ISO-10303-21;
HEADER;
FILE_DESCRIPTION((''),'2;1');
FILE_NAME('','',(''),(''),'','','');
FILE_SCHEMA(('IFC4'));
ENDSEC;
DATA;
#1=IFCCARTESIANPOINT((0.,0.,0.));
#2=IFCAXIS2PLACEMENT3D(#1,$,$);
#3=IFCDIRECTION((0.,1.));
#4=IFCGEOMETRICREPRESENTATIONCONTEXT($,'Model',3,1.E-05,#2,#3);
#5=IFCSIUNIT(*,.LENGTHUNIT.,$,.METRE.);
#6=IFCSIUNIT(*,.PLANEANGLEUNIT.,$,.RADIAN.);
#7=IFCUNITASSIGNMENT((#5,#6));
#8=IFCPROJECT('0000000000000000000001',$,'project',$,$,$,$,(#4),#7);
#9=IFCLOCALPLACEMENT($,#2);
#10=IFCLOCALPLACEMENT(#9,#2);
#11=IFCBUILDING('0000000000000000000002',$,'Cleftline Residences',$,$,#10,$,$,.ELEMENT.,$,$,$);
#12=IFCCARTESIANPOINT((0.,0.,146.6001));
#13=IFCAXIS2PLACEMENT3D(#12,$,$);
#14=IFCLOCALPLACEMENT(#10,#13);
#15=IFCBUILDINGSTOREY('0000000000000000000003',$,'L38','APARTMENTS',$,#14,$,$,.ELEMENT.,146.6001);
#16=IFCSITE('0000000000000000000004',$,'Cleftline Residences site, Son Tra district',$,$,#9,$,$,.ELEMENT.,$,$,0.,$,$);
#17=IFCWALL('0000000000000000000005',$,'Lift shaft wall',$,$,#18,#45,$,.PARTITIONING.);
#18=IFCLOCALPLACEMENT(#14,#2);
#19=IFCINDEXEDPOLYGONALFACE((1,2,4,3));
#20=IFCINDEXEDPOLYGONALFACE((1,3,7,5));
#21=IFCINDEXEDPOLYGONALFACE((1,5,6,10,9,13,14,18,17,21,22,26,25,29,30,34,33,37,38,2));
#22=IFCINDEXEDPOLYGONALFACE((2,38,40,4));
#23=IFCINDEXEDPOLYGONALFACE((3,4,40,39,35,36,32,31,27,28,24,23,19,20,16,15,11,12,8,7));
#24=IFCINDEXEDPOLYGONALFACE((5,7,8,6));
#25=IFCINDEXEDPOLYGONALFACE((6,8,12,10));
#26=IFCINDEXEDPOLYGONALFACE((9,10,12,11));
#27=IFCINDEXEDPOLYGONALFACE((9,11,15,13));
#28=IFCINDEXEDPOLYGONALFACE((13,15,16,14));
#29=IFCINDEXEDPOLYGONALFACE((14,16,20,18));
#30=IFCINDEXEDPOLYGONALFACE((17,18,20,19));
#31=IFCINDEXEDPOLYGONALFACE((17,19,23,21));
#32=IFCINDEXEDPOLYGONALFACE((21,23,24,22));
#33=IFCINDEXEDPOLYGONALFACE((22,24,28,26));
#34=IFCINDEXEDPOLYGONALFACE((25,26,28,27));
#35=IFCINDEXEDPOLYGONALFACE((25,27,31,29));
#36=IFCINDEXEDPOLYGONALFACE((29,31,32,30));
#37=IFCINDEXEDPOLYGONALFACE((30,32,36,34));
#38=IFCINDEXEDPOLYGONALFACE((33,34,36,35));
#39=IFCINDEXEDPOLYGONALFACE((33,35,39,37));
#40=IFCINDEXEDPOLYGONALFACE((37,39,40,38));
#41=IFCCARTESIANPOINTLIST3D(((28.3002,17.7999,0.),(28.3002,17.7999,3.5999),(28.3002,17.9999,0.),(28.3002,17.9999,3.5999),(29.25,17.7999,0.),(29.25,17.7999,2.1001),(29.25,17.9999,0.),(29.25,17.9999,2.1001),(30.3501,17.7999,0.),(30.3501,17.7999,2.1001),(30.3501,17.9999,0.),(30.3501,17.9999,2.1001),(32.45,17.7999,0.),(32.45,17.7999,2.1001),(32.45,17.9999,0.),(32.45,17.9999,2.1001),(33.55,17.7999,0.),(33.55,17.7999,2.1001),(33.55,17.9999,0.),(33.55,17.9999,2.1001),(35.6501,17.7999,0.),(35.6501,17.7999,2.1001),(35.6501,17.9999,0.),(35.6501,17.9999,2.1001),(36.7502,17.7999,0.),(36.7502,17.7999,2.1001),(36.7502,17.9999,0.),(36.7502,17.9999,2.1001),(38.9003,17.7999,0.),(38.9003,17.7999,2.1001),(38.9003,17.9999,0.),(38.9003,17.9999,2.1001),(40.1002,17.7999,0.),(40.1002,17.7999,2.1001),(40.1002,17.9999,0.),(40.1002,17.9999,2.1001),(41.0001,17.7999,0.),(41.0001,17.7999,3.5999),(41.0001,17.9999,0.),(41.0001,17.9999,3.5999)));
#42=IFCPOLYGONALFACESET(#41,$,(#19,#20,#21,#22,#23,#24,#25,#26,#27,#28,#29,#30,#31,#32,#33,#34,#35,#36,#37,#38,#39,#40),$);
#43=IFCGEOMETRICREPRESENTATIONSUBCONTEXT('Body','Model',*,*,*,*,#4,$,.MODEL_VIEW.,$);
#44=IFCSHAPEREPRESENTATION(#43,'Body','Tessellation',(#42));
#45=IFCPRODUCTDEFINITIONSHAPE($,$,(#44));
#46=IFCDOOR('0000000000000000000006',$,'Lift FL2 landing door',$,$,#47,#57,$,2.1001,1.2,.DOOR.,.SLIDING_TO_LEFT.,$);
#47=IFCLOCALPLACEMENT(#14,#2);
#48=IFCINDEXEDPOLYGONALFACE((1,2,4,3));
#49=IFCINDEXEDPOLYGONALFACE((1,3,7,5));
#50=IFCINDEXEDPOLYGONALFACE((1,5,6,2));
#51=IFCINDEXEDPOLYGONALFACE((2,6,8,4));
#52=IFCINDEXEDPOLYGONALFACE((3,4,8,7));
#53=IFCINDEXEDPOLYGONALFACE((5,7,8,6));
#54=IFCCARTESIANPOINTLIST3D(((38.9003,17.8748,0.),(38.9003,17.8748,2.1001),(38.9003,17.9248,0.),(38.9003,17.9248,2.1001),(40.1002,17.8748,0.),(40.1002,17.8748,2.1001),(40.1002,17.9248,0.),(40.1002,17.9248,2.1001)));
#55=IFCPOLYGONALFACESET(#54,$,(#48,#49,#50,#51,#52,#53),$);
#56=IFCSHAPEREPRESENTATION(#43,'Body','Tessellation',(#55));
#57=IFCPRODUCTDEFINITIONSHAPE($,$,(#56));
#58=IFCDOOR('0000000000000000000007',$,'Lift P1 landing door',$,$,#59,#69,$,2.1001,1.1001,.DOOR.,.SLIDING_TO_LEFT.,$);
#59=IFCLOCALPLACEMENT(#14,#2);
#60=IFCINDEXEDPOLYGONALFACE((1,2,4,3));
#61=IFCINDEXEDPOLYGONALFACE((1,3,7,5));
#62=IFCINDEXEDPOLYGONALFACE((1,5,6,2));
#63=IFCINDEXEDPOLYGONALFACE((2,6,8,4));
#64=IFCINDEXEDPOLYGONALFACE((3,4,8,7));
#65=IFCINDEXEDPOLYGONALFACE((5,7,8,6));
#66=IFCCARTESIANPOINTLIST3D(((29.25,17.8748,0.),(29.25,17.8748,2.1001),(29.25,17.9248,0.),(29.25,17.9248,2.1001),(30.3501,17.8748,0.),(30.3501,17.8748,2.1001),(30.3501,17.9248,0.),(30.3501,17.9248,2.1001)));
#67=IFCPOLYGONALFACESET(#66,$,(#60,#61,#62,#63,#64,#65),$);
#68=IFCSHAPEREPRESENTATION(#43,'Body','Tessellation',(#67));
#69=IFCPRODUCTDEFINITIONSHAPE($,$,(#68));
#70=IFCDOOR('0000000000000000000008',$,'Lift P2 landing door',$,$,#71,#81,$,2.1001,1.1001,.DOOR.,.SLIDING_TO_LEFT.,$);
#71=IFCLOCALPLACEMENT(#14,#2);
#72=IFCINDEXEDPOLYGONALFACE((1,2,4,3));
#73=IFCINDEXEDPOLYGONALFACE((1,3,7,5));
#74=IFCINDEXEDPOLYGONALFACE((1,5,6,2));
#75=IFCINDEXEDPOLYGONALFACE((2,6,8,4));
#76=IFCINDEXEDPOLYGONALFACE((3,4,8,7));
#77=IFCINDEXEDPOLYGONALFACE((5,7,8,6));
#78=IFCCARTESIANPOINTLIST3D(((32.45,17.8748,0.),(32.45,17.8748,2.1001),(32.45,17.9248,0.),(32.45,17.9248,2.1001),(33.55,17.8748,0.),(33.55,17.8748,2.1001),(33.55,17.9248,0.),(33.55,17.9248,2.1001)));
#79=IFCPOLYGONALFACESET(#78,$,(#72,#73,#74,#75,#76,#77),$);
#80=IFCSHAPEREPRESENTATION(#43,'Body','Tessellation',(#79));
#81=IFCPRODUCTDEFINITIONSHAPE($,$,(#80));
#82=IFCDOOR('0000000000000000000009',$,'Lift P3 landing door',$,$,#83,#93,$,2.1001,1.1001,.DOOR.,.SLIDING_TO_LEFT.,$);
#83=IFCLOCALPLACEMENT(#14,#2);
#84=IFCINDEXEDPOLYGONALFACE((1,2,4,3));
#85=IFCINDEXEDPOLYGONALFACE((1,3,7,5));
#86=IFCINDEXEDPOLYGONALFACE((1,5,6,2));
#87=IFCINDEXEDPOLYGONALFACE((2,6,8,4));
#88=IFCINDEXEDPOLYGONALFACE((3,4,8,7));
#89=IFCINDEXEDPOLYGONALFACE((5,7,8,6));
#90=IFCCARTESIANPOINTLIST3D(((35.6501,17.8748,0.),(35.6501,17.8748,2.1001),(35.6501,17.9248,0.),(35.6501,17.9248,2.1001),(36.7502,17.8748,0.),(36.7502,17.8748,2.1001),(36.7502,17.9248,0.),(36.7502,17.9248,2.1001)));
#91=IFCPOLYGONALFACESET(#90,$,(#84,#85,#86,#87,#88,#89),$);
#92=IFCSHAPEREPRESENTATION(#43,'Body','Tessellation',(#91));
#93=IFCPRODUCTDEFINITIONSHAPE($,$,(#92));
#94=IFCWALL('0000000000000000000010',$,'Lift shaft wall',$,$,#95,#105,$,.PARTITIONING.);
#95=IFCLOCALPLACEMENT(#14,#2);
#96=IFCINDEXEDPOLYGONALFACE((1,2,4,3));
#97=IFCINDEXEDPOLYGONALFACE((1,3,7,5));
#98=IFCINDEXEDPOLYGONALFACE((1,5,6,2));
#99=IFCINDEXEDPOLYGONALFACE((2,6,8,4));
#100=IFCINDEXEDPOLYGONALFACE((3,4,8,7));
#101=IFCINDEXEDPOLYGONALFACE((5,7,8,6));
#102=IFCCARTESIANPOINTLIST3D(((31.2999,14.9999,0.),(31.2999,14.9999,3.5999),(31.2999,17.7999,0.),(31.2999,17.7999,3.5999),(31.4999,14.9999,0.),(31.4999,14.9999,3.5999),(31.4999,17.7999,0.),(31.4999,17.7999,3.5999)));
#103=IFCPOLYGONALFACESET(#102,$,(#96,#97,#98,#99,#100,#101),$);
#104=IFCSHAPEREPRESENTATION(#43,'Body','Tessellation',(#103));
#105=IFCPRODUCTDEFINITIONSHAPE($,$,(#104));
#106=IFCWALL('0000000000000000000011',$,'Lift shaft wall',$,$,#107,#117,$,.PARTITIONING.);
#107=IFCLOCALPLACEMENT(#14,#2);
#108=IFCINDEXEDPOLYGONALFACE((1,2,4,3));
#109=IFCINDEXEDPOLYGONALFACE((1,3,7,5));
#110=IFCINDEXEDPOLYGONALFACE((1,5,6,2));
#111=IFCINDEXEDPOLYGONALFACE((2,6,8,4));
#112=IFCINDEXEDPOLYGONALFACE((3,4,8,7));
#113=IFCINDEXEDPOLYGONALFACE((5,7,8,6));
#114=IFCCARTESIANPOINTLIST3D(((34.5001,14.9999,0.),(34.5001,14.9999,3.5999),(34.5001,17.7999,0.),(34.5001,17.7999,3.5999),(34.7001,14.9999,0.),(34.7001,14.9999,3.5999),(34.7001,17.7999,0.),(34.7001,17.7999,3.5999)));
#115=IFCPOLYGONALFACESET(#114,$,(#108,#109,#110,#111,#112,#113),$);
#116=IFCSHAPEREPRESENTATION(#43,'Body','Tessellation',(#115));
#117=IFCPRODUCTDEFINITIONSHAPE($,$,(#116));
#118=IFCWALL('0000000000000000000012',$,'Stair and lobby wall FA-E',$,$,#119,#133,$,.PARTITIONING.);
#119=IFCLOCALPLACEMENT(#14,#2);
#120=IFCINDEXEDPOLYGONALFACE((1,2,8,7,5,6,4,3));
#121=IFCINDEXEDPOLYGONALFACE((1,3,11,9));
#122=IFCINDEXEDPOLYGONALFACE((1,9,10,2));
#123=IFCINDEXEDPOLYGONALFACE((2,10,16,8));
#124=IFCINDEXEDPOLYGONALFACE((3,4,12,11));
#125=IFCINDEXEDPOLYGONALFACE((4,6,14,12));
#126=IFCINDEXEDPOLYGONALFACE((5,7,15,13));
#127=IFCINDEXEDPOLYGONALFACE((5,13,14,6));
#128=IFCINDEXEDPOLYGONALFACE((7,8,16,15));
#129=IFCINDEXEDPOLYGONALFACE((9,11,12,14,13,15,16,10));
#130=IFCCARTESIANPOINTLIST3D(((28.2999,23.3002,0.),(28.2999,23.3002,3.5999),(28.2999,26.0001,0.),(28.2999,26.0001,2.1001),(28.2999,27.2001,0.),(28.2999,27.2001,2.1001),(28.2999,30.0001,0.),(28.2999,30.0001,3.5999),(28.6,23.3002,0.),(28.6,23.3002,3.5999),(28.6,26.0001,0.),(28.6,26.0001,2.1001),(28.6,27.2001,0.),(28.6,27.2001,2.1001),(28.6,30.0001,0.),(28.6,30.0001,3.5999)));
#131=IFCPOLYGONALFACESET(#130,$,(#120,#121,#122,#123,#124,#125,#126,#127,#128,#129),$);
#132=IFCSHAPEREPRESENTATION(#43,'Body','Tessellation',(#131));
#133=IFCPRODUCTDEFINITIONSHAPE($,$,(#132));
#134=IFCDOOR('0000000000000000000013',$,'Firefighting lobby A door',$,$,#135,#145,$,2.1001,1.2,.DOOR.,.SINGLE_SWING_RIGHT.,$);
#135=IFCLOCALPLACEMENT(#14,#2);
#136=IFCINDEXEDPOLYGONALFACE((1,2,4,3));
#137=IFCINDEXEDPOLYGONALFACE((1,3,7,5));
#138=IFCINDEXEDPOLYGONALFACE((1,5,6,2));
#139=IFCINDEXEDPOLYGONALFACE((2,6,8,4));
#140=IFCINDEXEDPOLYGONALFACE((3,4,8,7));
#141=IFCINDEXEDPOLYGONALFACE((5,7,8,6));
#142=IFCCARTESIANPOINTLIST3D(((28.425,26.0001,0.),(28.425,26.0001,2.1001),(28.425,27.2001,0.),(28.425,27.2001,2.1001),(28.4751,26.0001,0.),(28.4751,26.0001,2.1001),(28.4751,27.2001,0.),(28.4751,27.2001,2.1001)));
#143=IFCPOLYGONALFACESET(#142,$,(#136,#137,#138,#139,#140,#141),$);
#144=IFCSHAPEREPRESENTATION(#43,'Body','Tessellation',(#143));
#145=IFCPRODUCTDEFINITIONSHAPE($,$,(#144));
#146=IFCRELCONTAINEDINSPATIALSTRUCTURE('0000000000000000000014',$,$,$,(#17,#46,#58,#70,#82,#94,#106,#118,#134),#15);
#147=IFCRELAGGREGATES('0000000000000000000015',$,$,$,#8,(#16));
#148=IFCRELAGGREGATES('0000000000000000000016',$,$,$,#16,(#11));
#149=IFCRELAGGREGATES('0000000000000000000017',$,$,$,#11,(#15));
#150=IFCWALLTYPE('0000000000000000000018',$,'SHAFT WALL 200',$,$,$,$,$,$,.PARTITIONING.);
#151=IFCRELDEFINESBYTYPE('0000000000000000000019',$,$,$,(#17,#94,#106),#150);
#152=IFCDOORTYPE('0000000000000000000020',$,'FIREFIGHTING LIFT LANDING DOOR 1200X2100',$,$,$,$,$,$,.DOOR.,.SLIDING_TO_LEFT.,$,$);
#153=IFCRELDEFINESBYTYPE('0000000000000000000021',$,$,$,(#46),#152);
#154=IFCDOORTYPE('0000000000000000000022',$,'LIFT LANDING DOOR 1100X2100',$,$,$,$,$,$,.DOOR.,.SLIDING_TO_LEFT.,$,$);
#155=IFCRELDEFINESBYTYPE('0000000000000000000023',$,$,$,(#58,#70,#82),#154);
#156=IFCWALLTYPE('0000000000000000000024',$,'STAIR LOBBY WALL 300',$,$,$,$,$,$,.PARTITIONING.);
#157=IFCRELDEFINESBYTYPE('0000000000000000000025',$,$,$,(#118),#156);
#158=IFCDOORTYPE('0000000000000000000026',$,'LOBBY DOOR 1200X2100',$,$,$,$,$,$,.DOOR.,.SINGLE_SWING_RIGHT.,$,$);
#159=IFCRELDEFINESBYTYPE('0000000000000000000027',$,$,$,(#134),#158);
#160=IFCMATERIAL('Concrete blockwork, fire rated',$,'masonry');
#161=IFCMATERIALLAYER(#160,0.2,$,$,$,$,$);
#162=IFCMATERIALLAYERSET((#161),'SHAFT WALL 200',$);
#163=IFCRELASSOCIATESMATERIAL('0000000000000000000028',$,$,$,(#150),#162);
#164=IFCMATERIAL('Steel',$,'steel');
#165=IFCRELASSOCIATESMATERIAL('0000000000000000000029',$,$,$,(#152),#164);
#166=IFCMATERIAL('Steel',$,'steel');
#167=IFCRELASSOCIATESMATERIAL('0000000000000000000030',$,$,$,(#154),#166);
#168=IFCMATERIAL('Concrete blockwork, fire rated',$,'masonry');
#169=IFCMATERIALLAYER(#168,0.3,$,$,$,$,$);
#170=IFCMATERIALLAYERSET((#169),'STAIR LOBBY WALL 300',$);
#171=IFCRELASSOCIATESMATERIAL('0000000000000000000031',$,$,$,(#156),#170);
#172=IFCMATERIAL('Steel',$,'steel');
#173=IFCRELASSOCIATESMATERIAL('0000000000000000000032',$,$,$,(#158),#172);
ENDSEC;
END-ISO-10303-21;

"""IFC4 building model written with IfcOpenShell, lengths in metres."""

from ifc_helpers import new_model, si_unit, direction, frame, frame_2d, origin, place, context, subcontext, project, spatial, rectangle, extrude, material, layer, layer_set, type_object, element, fill, save


model = new_model("IFC4")

# Units and contexts
model_context = context("Model", 3, precision=1e-05, world=origin(), true_north=direction((0.0, 1.0)))
body_context = subcontext(model_context, "Body", "Model", "MODEL_VIEW")
ifc_project = project(units=[si_unit("LENGTHUNIT", "METRE"), si_unit("PLANEANGLEUNIT", "RADIAN")], contexts=[model_context])

# Site, building, storey
site_placement = place(None, origin())
site = spatial("IfcSite", under=ifc_project, at=site_placement, Name="Cleftline Residences site, Son Tra district", CompositionType="ELEMENT", RefElevation=0.0)
building_placement = place(site_placement, origin())
building = spatial("IfcBuilding", under=site, at=building_placement, Name="Cleftline Residences", CompositionType="ELEMENT")
storey_placement = place(building_placement, frame((0.0, 0.0, 146.6001)))
storey = spatial("IfcBuildingStorey", under=building, at=storey_placement, Name="L38", Description="APARTMENTS", CompositionType="ELEMENT", Elevation=146.6001)

# Wall, openings, doors
ifc_material_1 = material(Name="Concrete blockwork, fire rated", Category="masonry")
ifc_layer_1 = layer(ifc_material_1, 0.2)
ifc_layer_set_1 = layer_set([ifc_layer_1], Name="SHAFT WALL 200")
wall_type_1 = type_object("IfcWallType", Name="SHAFT WALL 200", PredefinedType="PARTITIONING", material=ifc_layer_set_1)
wall_1_placement = place(storey_placement, frame((28.3, 17.8999, 0.0), z_axis=(0.0, 0.0, 1.0), x_axis=(1.0, 0.0, 0.0)))
wall_1 = element("IfcWall", 1, at=wall_1_placement, inside=storey, type_object=wall_type_1, Name="Lift shaft wall", PredefinedType="PARTITIONING", context=body_context, shape_type="SweptSolid", body=[
    extrude(rectangle(XDim=12.7, YDim=0.2, at=frame_2d((6.3501, 0.0))), origin(), (0.0, 0.0, 1.0), 3.5999),
])
opening_1_placement = place(wall_1_placement, frame((0.95, 0.0, 0.0)))
opening_1 = element("IfcOpeningElement", 2, at=opening_1_placement, cuts=wall_1, PredefinedType="OPENING", context=body_context, shape_type="SweptSolid", body=[
    extrude(rectangle(XDim=1.1001, YDim=2.1001, at=frame_2d((0.55, 1.05))), frame((0.0, 0.1099, 0.0), z_axis=(0.0, -1.0, 0.0), x_axis=(1.0, 0.0, 0.0)), (0.0, 0.0, 1.0), 0.22),
])
opening_2_placement = place(wall_1_placement, frame((4.1499, 0.0, 0.0)))
opening_2 = element("IfcOpeningElement", 3, at=opening_2_placement, cuts=wall_1, PredefinedType="OPENING", context=body_context, shape_type="SweptSolid", body=[
    extrude(rectangle(XDim=1.1001, YDim=2.1001, at=frame_2d((0.55, 1.05))), frame((0.0, 0.1099, 0.0), z_axis=(0.0, -1.0, 0.0), x_axis=(1.0, 0.0, 0.0)), (0.0, 0.0, 1.0), 0.22),
])
opening_3_placement = place(wall_1_placement, frame((7.3501, 0.0, 0.0)))
opening_3 = element("IfcOpeningElement", 4, at=opening_3_placement, cuts=wall_1, PredefinedType="OPENING", context=body_context, shape_type="SweptSolid", body=[
    extrude(rectangle(XDim=1.1001, YDim=2.1001, at=frame_2d((0.55, 1.05))), frame((0.0, 0.1099, 0.0), z_axis=(0.0, -1.0, 0.0), x_axis=(1.0, 0.0, 0.0)), (0.0, 0.0, 1.0), 0.22),
])
opening_4_placement = place(wall_1_placement, frame((10.6001, 0.0, 0.0)))
opening_4 = element("IfcOpeningElement", 5, at=opening_4_placement, cuts=wall_1, PredefinedType="OPENING", context=body_context, shape_type="SweptSolid", body=[
    extrude(rectangle(XDim=1.2, YDim=2.1001, at=frame_2d((0.6001, 1.05))), frame((0.0, 0.1099, 0.0), z_axis=(0.0, -1.0, 0.0), x_axis=(1.0, 0.0, 0.0)), (0.0, 0.0, 1.0), 0.22),
])
ifc_material_2 = material(Name="Steel", Category="steel")
door_type_1 = type_object("IfcDoorType", Name="FIREFIGHTING LIFT LANDING DOOR 1200X2100", OperationType="SLIDING_TO_LEFT", PredefinedType="DOOR", material=ifc_material_2)
door_1_placement = place(opening_4_placement, origin())
door_1 = element("IfcDoor", 6, at=door_1_placement, inside=storey, type_object=door_type_1, Name="Lift FL2 landing door", OperationType="SLIDING_TO_LEFT", OverallHeight=2.1001, OverallWidth=1.2, PredefinedType="DOOR", context=body_context, shape_type="SweptSolid", body=[
    extrude(rectangle(XDim=1.2, YDim=2.1001, at=frame_2d((0.6001, 1.05))), frame((0.0, 0.0249, 0.0), z_axis=(0.0, -1.0, 0.0), x_axis=(1.0, 0.0, 0.0)), (0.0, 0.0, 1.0), 0.05),
])
fill(opening_4, door_1)
ifc_material_3 = material(Name="Steel", Category="steel")
door_type_2 = type_object("IfcDoorType", Name="LIFT LANDING DOOR 1100X2100", OperationType="SLIDING_TO_LEFT", PredefinedType="DOOR", material=ifc_material_3)
door_2_placement = place(opening_1_placement, origin())
door_2 = element("IfcDoor", 7, at=door_2_placement, inside=storey, type_object=door_type_2, Name="Lift P1 landing door", OperationType="SLIDING_TO_LEFT", OverallHeight=2.1001, OverallWidth=1.1001, PredefinedType="DOOR", context=body_context, shape_type="SweptSolid", body=[
    extrude(rectangle(XDim=1.1001, YDim=2.1001, at=frame_2d((0.55, 1.05))), frame((0.0, 0.0249, 0.0), z_axis=(0.0, -1.0, 0.0), x_axis=(1.0, 0.0, 0.0)), (0.0, 0.0, 1.0), 0.05),
])
fill(opening_1, door_2)
door_3_placement = place(opening_2_placement, origin())
door_3 = element("IfcDoor", 8, at=door_3_placement, inside=storey, type_object=door_type_2, Name="Lift P2 landing door", OperationType="SLIDING_TO_LEFT", OverallHeight=2.1001, OverallWidth=1.1001, PredefinedType="DOOR", context=body_context, shape_type="SweptSolid", body=[
    extrude(rectangle(XDim=1.1001, YDim=2.1001, at=frame_2d((0.55, 1.05))), frame((0.0, 0.0249, 0.0), z_axis=(0.0, -1.0, 0.0), x_axis=(1.0, 0.0, 0.0)), (0.0, 0.0, 1.0), 0.05),
])
fill(opening_2, door_3)
door_4_placement = place(opening_3_placement, origin())
door_4 = element("IfcDoor", 9, at=door_4_placement, inside=storey, type_object=door_type_2, Name="Lift P3 landing door", OperationType="SLIDING_TO_LEFT", OverallHeight=2.1001, OverallWidth=1.1001, PredefinedType="DOOR", context=body_context, shape_type="SweptSolid", body=[
    extrude(rectangle(XDim=1.1001, YDim=2.1001, at=frame_2d((0.55, 1.05))), frame((0.0, 0.0249, 0.0), z_axis=(0.0, -1.0, 0.0), x_axis=(1.0, 0.0, 0.0)), (0.0, 0.0, 1.0), 0.05),
])
fill(opening_3, door_4)

# Walls
for number, where, z_axis, x_axis, name in (
    (10, (31.3999, 15.0, 0.0), (0.0, 0.0, 1.0), (0.0, 1.0, 0.0), "Lift shaft wall"),
    (11, (34.6001, 15.0, 0.0), (0.0, 0.0, 1.0), (0.0, 1.0, 0.0), "Lift shaft wall"),
):
    element("IfcWall", number, at=place(storey_placement, frame(where, z_axis=z_axis, x_axis=x_axis)), inside=storey, type_object=wall_type_1, Name=name, PredefinedType="PARTITIONING", context=body_context, shape_type="SweptSolid", body=[
        extrude(rectangle(XDim=2.8, YDim=0.2, at=frame_2d((1.3999, 0.0))), origin(), (0.0, 0.0, 1.0), 3.5999),
    ])

# Wall, opening, door
ifc_material_4 = material(Name="Concrete blockwork, fire rated", Category="masonry")
ifc_layer_2 = layer(ifc_material_4, 0.3)
ifc_layer_set_2 = layer_set([ifc_layer_2], Name="STAIR LOBBY WALL 300")
wall_type_2 = type_object("IfcWallType", Name="STAIR LOBBY WALL 300", PredefinedType="PARTITIONING", material=ifc_layer_set_2)
wall_2_placement = place(storey_placement, frame((28.45, 23.3, 0.0), z_axis=(0.0, 0.0, 1.0), x_axis=(0.0, 1.0, 0.0)))
wall_2 = element("IfcWall", 12, at=wall_2_placement, inside=storey, type_object=wall_type_2, Name="Stair and lobby wall FA-E", PredefinedType="PARTITIONING", context=body_context, shape_type="SweptSolid", body=[
    extrude(rectangle(XDim=6.7, YDim=0.3, at=frame_2d((3.3501, 0.0))), origin(), (0.0, 0.0, 1.0), 3.5999),
])
opening_5_placement = place(wall_2_placement, frame((2.7, 0.0, 0.0)))
opening_5 = element("IfcOpeningElement", 13, at=opening_5_placement, cuts=wall_2, PredefinedType="OPENING", context=body_context, shape_type="SweptSolid", body=[
    extrude(rectangle(XDim=1.2, YDim=2.1001, at=frame_2d((0.6001, 1.05))), frame((0.0, 0.1599, 0.0), z_axis=(0.0, -1.0, 0.0), x_axis=(1.0, 0.0, 0.0)), (0.0, 0.0, 1.0), 0.3201),
])
ifc_material_5 = material(Name="Steel", Category="steel")
door_type_3 = type_object("IfcDoorType", Name="LOBBY DOOR 1200X2100", OperationType="SINGLE_SWING_RIGHT", PredefinedType="DOOR", material=ifc_material_5)
door_5_placement = place(opening_5_placement, origin())
door_5 = element("IfcDoor", 14, at=door_5_placement, inside=storey, type_object=door_type_3, Name="Firefighting lobby A door", OperationType="SINGLE_SWING_RIGHT", OverallHeight=2.1001, OverallWidth=1.2, PredefinedType="DOOR", context=body_context, shape_type="SweptSolid", body=[
    extrude(rectangle(XDim=1.2, YDim=2.1001, at=frame_2d((0.6001, 1.05))), frame((0.0, 0.0249, 0.0), z_axis=(0.0, -1.0, 0.0), x_axis=(1.0, 0.0, 0.0)), (0.0, 0.0, 1.0), 0.05),
])
fill(opening_5, door_5)

save(model, "model.ifc")
